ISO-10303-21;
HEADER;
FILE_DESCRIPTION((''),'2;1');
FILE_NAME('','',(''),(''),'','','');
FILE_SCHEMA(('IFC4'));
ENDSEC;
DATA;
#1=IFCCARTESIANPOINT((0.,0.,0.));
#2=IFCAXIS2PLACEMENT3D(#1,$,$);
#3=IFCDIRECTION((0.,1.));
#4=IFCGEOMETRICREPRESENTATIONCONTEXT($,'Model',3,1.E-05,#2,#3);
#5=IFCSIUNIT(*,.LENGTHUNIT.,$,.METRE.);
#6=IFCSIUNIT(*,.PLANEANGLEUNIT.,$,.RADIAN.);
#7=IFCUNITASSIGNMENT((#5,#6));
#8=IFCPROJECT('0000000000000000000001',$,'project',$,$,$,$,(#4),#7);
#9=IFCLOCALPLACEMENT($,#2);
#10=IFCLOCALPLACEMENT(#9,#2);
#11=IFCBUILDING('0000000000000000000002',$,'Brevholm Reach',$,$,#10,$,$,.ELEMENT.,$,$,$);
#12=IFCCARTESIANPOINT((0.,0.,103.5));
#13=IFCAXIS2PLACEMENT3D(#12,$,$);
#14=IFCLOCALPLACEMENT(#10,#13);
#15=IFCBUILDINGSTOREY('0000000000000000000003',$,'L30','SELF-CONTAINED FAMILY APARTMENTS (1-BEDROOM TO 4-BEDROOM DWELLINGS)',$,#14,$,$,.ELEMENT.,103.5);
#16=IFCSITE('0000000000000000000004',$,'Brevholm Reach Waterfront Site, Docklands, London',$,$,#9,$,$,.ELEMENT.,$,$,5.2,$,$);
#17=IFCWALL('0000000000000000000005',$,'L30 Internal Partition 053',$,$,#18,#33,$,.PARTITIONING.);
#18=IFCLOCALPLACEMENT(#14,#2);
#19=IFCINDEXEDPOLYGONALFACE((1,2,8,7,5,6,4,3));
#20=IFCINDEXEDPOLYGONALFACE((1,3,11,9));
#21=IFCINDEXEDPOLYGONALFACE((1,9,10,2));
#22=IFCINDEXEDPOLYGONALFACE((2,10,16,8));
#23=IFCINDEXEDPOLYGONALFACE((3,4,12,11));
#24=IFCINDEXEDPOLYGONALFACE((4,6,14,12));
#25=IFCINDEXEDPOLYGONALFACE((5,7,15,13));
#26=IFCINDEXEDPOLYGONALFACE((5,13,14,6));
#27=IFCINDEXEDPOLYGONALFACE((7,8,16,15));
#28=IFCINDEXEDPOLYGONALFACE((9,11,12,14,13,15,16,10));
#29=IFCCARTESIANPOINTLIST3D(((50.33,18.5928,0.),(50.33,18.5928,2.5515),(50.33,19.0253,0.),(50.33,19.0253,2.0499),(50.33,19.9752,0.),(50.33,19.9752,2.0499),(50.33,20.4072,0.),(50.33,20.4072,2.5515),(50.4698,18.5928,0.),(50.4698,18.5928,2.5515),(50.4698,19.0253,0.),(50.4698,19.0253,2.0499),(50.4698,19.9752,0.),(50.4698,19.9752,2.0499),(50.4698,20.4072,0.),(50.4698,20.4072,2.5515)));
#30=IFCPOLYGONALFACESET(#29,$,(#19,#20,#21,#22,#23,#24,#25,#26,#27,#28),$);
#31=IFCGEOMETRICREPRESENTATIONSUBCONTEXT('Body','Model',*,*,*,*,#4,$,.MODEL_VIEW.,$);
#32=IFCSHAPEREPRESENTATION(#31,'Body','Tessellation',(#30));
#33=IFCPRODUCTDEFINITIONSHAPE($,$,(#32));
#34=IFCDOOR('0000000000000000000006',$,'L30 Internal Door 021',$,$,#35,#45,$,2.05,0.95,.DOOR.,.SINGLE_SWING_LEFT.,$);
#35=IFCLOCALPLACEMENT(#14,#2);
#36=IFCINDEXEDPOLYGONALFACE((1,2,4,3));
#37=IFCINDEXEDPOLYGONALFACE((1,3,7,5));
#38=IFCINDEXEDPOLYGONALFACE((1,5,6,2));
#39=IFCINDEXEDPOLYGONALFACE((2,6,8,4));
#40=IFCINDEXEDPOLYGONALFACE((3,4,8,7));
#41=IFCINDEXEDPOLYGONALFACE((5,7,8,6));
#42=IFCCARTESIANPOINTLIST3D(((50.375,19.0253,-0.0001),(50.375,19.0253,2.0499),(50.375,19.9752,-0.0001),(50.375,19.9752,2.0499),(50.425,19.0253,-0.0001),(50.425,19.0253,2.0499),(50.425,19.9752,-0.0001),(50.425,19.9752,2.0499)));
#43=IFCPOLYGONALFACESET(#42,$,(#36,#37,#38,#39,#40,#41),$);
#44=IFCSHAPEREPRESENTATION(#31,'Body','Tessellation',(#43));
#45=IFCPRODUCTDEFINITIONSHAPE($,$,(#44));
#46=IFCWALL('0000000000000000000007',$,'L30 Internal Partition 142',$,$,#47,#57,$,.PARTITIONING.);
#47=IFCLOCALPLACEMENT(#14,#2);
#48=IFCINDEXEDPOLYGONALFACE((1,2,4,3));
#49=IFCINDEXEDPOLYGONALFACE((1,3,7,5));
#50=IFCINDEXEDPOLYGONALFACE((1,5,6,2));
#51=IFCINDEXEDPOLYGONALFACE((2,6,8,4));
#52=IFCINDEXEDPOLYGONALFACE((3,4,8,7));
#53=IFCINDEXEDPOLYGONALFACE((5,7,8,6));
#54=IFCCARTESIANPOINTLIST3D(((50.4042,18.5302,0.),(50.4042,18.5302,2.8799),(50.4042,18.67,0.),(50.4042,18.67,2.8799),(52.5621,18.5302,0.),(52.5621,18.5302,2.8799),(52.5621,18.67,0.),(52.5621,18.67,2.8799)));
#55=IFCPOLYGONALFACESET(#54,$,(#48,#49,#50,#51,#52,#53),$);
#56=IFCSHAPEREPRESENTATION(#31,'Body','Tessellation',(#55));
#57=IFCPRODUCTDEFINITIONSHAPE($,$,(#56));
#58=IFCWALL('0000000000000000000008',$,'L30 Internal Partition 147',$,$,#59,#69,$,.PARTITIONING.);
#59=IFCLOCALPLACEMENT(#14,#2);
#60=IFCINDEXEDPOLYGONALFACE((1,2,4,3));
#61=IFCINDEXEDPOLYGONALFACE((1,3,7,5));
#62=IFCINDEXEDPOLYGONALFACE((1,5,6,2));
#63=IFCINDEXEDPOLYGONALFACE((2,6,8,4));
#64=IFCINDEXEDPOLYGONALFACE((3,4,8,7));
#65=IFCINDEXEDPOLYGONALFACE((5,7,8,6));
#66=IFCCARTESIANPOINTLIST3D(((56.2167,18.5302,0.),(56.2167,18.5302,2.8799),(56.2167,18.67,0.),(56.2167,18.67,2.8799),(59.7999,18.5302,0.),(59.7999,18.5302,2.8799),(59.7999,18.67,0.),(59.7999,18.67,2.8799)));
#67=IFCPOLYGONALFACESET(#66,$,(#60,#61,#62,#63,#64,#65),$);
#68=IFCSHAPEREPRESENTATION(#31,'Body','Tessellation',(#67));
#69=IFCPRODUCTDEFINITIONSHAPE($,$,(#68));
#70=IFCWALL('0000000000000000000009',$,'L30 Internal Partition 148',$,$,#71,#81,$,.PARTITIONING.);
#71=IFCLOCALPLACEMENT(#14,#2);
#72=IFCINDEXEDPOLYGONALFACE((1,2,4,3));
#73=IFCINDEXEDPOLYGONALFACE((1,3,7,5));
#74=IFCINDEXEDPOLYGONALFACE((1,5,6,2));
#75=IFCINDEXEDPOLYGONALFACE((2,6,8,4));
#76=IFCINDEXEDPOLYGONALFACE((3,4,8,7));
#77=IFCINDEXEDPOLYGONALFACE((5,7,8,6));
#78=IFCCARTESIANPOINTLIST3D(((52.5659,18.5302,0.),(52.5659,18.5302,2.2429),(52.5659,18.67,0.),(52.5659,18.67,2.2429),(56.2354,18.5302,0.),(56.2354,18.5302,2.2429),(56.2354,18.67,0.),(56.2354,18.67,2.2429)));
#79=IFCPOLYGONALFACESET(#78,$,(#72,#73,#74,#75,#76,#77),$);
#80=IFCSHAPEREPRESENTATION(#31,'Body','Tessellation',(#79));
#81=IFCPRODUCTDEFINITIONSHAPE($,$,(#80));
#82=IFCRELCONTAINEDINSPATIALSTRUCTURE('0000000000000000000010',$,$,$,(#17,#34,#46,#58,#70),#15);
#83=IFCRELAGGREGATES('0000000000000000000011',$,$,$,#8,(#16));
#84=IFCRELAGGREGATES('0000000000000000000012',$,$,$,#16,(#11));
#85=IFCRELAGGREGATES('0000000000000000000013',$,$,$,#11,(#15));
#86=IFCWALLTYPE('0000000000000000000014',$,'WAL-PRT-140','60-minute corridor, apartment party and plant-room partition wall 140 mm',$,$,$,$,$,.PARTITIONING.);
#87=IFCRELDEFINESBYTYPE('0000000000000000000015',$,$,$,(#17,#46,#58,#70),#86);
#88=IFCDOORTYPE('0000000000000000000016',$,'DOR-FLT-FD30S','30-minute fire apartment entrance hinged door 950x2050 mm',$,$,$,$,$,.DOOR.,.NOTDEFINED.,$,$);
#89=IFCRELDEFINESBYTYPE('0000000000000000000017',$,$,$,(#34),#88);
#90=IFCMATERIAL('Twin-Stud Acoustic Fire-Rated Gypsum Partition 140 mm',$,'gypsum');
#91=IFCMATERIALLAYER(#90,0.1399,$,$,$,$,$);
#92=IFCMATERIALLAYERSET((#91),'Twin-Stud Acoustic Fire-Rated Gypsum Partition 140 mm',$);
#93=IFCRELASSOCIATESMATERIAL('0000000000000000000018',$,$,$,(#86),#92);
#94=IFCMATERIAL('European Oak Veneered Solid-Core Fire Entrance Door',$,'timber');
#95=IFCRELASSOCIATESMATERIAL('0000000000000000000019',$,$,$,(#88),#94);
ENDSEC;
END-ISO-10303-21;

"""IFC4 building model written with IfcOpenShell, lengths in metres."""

from ifc_helpers import new_model, si_unit, direction, frame, frame_2d, origin, place, context, subcontext, project, spatial, rectangle, extrude, material, layer, layer_set, type_object, element, fill, save


model = new_model("IFC4")

# Units and contexts
model_context = context("Model", 3, precision=1e-05, world=origin(), true_north=direction((0.0, 1.0)))
body_context = subcontext(model_context, "Body", "Model", "MODEL_VIEW")
ifc_project = project(units=[si_unit("LENGTHUNIT", "METRE"), si_unit("PLANEANGLEUNIT", "RADIAN")], contexts=[model_context])

# Site, building, storey
site_placement = place(None, origin())
site = spatial("IfcSite", under=ifc_project, at=site_placement, Name="Brevholm Reach Waterfront Site, Docklands, London", CompositionType="ELEMENT", RefElevation=5.2)
building_placement = place(site_placement, origin())
building = spatial("IfcBuilding", under=site, at=building_placement, Name="Brevholm Reach", CompositionType="ELEMENT")
storey_placement = place(building_placement, frame((0.0, 0.0, 103.5)))
storey = spatial("IfcBuildingStorey", under=building, at=storey_placement, Name="L30", Description="SELF-CONTAINED FAMILY APARTMENTS (1-BEDROOM TO 4-BEDROOM DWELLINGS)", CompositionType="ELEMENT", Elevation=103.5)

# Shared definitions
ifc_material_1 = material(Name="Twin-Stud Acoustic Fire-Rated Gypsum Partition 140 mm", Category="gypsum")
ifc_layer_1 = layer(ifc_material_1, 0.1399)
ifc_layer_set_1 = layer_set([ifc_layer_1], Name="Twin-Stud Acoustic Fire-Rated Gypsum Partition 140 mm")
wall_type_1 = type_object("IfcWallType", Name="WAL-PRT-140", Description="60-minute corridor, apartment party and plant-room partition wall 140 mm", PredefinedType="PARTITIONING", material=ifc_layer_set_1)

# Wall, opening, door
wall_1_placement = place(storey_placement, frame((50.3999, 18.5928, 0.0), z_axis=(0.0, 0.0, 1.0), x_axis=(0.0, 1.0, 0.0)))
wall_1 = element("IfcWall", 1, at=wall_1_placement, inside=storey, type_object=wall_type_1, Name="L30 Internal Partition 053", PredefinedType="PARTITIONING", context=body_context, shape_type="SweptSolid", body=[
    extrude(rectangle(XDim=1.8145, YDim=0.1399, at=frame_2d((0.9072, 0.0))), origin(), (0.0, 0.0, 1.0), 2.5515),
])
opening_1_placement = place(wall_1_placement, frame((0.4324, 0.0, 0.0)))
opening_1 = element("IfcOpeningElement", 2, at=opening_1_placement, cuts=wall_1, PredefinedType="OPENING", context=body_context, shape_type="SweptSolid", body=[
    extrude(rectangle(XDim=0.95, YDim=2.05, at=frame_2d((0.4751, 1.0249))), frame((0.0, 0.0798, 0.0), z_axis=(0.0, -1.0, 0.0), x_axis=(1.0, 0.0, 0.0)), (0.0, 0.0, 1.0), 0.1599),
])
ifc_material_2 = material(Name="European Oak Veneered Solid-Core Fire Entrance Door", Category="timber")
door_type_1 = type_object("IfcDoorType", Name="DOR-FLT-FD30S", Description="30-minute fire apartment entrance hinged door 950x2050 mm", OperationType="NOTDEFINED", PredefinedType="DOOR", material=ifc_material_2)
door_1_placement = place(opening_1_placement, origin())
door_1 = element("IfcDoor", 3, at=door_1_placement, inside=storey, type_object=door_type_1, Name="L30 Internal Door 021", OperationType="SINGLE_SWING_LEFT", OverallHeight=2.05, OverallWidth=0.95, PredefinedType="DOOR", context=body_context, shape_type="SweptSolid", body=[
    extrude(rectangle(XDim=0.95, YDim=2.05, at=frame_2d((0.4751, 1.0249))), frame((0.0, 0.0249, 0.0), z_axis=(0.0, -1.0, 0.0), x_axis=(1.0, 0.0, 0.0)), (0.0, 0.0, 1.0), 0.05),
])
fill(opening_1, door_1)

# Walls
wall_2_placement = place(storey_placement, frame((50.4041, 18.6001, 0.0), z_axis=(0.0, 0.0, 1.0), x_axis=(1.0, 0.0, 0.0)))
element("IfcWall", 4, at=wall_2_placement, inside=storey, type_object=wall_type_1, Name="L30 Internal Partition 142", PredefinedType="PARTITIONING", context=body_context, shape_type="SweptSolid", body=[
    extrude(rectangle(XDim=2.158, YDim=0.1399, at=frame_2d((1.0791, 0.0))), origin(), (0.0, 0.0, 1.0), 2.8799),
])
wall_3_placement = place(storey_placement, frame((56.2168, 18.6001, 0.0), z_axis=(0.0, 0.0, 1.0), x_axis=(1.0, 0.0, 0.0)))
element("IfcWall", 5, at=wall_3_placement, inside=storey, type_object=wall_type_1, Name="L30 Internal Partition 147", PredefinedType="PARTITIONING", context=body_context, shape_type="SweptSolid", body=[
    extrude(rectangle(XDim=3.5833, YDim=0.1399, at=frame_2d((1.7915, 0.0))), origin(), (0.0, 0.0, 1.0), 2.8799),
])
wall_4_placement = place(storey_placement, frame((52.5659, 18.6001, 0.0), z_axis=(0.0, 0.0, 1.0), x_axis=(1.0, 0.0, 0.0)))
element("IfcWall", 6, at=wall_4_placement, inside=storey, type_object=wall_type_1, Name="L30 Internal Partition 148", PredefinedType="PARTITIONING", context=body_context, shape_type="SweptSolid", body=[
    extrude(rectangle(XDim=3.6694, YDim=0.1399, at=frame_2d((1.8347, 0.0))), origin(), (0.0, 0.0, 1.0), 2.2429),
])

save(model, "model.ifc")
